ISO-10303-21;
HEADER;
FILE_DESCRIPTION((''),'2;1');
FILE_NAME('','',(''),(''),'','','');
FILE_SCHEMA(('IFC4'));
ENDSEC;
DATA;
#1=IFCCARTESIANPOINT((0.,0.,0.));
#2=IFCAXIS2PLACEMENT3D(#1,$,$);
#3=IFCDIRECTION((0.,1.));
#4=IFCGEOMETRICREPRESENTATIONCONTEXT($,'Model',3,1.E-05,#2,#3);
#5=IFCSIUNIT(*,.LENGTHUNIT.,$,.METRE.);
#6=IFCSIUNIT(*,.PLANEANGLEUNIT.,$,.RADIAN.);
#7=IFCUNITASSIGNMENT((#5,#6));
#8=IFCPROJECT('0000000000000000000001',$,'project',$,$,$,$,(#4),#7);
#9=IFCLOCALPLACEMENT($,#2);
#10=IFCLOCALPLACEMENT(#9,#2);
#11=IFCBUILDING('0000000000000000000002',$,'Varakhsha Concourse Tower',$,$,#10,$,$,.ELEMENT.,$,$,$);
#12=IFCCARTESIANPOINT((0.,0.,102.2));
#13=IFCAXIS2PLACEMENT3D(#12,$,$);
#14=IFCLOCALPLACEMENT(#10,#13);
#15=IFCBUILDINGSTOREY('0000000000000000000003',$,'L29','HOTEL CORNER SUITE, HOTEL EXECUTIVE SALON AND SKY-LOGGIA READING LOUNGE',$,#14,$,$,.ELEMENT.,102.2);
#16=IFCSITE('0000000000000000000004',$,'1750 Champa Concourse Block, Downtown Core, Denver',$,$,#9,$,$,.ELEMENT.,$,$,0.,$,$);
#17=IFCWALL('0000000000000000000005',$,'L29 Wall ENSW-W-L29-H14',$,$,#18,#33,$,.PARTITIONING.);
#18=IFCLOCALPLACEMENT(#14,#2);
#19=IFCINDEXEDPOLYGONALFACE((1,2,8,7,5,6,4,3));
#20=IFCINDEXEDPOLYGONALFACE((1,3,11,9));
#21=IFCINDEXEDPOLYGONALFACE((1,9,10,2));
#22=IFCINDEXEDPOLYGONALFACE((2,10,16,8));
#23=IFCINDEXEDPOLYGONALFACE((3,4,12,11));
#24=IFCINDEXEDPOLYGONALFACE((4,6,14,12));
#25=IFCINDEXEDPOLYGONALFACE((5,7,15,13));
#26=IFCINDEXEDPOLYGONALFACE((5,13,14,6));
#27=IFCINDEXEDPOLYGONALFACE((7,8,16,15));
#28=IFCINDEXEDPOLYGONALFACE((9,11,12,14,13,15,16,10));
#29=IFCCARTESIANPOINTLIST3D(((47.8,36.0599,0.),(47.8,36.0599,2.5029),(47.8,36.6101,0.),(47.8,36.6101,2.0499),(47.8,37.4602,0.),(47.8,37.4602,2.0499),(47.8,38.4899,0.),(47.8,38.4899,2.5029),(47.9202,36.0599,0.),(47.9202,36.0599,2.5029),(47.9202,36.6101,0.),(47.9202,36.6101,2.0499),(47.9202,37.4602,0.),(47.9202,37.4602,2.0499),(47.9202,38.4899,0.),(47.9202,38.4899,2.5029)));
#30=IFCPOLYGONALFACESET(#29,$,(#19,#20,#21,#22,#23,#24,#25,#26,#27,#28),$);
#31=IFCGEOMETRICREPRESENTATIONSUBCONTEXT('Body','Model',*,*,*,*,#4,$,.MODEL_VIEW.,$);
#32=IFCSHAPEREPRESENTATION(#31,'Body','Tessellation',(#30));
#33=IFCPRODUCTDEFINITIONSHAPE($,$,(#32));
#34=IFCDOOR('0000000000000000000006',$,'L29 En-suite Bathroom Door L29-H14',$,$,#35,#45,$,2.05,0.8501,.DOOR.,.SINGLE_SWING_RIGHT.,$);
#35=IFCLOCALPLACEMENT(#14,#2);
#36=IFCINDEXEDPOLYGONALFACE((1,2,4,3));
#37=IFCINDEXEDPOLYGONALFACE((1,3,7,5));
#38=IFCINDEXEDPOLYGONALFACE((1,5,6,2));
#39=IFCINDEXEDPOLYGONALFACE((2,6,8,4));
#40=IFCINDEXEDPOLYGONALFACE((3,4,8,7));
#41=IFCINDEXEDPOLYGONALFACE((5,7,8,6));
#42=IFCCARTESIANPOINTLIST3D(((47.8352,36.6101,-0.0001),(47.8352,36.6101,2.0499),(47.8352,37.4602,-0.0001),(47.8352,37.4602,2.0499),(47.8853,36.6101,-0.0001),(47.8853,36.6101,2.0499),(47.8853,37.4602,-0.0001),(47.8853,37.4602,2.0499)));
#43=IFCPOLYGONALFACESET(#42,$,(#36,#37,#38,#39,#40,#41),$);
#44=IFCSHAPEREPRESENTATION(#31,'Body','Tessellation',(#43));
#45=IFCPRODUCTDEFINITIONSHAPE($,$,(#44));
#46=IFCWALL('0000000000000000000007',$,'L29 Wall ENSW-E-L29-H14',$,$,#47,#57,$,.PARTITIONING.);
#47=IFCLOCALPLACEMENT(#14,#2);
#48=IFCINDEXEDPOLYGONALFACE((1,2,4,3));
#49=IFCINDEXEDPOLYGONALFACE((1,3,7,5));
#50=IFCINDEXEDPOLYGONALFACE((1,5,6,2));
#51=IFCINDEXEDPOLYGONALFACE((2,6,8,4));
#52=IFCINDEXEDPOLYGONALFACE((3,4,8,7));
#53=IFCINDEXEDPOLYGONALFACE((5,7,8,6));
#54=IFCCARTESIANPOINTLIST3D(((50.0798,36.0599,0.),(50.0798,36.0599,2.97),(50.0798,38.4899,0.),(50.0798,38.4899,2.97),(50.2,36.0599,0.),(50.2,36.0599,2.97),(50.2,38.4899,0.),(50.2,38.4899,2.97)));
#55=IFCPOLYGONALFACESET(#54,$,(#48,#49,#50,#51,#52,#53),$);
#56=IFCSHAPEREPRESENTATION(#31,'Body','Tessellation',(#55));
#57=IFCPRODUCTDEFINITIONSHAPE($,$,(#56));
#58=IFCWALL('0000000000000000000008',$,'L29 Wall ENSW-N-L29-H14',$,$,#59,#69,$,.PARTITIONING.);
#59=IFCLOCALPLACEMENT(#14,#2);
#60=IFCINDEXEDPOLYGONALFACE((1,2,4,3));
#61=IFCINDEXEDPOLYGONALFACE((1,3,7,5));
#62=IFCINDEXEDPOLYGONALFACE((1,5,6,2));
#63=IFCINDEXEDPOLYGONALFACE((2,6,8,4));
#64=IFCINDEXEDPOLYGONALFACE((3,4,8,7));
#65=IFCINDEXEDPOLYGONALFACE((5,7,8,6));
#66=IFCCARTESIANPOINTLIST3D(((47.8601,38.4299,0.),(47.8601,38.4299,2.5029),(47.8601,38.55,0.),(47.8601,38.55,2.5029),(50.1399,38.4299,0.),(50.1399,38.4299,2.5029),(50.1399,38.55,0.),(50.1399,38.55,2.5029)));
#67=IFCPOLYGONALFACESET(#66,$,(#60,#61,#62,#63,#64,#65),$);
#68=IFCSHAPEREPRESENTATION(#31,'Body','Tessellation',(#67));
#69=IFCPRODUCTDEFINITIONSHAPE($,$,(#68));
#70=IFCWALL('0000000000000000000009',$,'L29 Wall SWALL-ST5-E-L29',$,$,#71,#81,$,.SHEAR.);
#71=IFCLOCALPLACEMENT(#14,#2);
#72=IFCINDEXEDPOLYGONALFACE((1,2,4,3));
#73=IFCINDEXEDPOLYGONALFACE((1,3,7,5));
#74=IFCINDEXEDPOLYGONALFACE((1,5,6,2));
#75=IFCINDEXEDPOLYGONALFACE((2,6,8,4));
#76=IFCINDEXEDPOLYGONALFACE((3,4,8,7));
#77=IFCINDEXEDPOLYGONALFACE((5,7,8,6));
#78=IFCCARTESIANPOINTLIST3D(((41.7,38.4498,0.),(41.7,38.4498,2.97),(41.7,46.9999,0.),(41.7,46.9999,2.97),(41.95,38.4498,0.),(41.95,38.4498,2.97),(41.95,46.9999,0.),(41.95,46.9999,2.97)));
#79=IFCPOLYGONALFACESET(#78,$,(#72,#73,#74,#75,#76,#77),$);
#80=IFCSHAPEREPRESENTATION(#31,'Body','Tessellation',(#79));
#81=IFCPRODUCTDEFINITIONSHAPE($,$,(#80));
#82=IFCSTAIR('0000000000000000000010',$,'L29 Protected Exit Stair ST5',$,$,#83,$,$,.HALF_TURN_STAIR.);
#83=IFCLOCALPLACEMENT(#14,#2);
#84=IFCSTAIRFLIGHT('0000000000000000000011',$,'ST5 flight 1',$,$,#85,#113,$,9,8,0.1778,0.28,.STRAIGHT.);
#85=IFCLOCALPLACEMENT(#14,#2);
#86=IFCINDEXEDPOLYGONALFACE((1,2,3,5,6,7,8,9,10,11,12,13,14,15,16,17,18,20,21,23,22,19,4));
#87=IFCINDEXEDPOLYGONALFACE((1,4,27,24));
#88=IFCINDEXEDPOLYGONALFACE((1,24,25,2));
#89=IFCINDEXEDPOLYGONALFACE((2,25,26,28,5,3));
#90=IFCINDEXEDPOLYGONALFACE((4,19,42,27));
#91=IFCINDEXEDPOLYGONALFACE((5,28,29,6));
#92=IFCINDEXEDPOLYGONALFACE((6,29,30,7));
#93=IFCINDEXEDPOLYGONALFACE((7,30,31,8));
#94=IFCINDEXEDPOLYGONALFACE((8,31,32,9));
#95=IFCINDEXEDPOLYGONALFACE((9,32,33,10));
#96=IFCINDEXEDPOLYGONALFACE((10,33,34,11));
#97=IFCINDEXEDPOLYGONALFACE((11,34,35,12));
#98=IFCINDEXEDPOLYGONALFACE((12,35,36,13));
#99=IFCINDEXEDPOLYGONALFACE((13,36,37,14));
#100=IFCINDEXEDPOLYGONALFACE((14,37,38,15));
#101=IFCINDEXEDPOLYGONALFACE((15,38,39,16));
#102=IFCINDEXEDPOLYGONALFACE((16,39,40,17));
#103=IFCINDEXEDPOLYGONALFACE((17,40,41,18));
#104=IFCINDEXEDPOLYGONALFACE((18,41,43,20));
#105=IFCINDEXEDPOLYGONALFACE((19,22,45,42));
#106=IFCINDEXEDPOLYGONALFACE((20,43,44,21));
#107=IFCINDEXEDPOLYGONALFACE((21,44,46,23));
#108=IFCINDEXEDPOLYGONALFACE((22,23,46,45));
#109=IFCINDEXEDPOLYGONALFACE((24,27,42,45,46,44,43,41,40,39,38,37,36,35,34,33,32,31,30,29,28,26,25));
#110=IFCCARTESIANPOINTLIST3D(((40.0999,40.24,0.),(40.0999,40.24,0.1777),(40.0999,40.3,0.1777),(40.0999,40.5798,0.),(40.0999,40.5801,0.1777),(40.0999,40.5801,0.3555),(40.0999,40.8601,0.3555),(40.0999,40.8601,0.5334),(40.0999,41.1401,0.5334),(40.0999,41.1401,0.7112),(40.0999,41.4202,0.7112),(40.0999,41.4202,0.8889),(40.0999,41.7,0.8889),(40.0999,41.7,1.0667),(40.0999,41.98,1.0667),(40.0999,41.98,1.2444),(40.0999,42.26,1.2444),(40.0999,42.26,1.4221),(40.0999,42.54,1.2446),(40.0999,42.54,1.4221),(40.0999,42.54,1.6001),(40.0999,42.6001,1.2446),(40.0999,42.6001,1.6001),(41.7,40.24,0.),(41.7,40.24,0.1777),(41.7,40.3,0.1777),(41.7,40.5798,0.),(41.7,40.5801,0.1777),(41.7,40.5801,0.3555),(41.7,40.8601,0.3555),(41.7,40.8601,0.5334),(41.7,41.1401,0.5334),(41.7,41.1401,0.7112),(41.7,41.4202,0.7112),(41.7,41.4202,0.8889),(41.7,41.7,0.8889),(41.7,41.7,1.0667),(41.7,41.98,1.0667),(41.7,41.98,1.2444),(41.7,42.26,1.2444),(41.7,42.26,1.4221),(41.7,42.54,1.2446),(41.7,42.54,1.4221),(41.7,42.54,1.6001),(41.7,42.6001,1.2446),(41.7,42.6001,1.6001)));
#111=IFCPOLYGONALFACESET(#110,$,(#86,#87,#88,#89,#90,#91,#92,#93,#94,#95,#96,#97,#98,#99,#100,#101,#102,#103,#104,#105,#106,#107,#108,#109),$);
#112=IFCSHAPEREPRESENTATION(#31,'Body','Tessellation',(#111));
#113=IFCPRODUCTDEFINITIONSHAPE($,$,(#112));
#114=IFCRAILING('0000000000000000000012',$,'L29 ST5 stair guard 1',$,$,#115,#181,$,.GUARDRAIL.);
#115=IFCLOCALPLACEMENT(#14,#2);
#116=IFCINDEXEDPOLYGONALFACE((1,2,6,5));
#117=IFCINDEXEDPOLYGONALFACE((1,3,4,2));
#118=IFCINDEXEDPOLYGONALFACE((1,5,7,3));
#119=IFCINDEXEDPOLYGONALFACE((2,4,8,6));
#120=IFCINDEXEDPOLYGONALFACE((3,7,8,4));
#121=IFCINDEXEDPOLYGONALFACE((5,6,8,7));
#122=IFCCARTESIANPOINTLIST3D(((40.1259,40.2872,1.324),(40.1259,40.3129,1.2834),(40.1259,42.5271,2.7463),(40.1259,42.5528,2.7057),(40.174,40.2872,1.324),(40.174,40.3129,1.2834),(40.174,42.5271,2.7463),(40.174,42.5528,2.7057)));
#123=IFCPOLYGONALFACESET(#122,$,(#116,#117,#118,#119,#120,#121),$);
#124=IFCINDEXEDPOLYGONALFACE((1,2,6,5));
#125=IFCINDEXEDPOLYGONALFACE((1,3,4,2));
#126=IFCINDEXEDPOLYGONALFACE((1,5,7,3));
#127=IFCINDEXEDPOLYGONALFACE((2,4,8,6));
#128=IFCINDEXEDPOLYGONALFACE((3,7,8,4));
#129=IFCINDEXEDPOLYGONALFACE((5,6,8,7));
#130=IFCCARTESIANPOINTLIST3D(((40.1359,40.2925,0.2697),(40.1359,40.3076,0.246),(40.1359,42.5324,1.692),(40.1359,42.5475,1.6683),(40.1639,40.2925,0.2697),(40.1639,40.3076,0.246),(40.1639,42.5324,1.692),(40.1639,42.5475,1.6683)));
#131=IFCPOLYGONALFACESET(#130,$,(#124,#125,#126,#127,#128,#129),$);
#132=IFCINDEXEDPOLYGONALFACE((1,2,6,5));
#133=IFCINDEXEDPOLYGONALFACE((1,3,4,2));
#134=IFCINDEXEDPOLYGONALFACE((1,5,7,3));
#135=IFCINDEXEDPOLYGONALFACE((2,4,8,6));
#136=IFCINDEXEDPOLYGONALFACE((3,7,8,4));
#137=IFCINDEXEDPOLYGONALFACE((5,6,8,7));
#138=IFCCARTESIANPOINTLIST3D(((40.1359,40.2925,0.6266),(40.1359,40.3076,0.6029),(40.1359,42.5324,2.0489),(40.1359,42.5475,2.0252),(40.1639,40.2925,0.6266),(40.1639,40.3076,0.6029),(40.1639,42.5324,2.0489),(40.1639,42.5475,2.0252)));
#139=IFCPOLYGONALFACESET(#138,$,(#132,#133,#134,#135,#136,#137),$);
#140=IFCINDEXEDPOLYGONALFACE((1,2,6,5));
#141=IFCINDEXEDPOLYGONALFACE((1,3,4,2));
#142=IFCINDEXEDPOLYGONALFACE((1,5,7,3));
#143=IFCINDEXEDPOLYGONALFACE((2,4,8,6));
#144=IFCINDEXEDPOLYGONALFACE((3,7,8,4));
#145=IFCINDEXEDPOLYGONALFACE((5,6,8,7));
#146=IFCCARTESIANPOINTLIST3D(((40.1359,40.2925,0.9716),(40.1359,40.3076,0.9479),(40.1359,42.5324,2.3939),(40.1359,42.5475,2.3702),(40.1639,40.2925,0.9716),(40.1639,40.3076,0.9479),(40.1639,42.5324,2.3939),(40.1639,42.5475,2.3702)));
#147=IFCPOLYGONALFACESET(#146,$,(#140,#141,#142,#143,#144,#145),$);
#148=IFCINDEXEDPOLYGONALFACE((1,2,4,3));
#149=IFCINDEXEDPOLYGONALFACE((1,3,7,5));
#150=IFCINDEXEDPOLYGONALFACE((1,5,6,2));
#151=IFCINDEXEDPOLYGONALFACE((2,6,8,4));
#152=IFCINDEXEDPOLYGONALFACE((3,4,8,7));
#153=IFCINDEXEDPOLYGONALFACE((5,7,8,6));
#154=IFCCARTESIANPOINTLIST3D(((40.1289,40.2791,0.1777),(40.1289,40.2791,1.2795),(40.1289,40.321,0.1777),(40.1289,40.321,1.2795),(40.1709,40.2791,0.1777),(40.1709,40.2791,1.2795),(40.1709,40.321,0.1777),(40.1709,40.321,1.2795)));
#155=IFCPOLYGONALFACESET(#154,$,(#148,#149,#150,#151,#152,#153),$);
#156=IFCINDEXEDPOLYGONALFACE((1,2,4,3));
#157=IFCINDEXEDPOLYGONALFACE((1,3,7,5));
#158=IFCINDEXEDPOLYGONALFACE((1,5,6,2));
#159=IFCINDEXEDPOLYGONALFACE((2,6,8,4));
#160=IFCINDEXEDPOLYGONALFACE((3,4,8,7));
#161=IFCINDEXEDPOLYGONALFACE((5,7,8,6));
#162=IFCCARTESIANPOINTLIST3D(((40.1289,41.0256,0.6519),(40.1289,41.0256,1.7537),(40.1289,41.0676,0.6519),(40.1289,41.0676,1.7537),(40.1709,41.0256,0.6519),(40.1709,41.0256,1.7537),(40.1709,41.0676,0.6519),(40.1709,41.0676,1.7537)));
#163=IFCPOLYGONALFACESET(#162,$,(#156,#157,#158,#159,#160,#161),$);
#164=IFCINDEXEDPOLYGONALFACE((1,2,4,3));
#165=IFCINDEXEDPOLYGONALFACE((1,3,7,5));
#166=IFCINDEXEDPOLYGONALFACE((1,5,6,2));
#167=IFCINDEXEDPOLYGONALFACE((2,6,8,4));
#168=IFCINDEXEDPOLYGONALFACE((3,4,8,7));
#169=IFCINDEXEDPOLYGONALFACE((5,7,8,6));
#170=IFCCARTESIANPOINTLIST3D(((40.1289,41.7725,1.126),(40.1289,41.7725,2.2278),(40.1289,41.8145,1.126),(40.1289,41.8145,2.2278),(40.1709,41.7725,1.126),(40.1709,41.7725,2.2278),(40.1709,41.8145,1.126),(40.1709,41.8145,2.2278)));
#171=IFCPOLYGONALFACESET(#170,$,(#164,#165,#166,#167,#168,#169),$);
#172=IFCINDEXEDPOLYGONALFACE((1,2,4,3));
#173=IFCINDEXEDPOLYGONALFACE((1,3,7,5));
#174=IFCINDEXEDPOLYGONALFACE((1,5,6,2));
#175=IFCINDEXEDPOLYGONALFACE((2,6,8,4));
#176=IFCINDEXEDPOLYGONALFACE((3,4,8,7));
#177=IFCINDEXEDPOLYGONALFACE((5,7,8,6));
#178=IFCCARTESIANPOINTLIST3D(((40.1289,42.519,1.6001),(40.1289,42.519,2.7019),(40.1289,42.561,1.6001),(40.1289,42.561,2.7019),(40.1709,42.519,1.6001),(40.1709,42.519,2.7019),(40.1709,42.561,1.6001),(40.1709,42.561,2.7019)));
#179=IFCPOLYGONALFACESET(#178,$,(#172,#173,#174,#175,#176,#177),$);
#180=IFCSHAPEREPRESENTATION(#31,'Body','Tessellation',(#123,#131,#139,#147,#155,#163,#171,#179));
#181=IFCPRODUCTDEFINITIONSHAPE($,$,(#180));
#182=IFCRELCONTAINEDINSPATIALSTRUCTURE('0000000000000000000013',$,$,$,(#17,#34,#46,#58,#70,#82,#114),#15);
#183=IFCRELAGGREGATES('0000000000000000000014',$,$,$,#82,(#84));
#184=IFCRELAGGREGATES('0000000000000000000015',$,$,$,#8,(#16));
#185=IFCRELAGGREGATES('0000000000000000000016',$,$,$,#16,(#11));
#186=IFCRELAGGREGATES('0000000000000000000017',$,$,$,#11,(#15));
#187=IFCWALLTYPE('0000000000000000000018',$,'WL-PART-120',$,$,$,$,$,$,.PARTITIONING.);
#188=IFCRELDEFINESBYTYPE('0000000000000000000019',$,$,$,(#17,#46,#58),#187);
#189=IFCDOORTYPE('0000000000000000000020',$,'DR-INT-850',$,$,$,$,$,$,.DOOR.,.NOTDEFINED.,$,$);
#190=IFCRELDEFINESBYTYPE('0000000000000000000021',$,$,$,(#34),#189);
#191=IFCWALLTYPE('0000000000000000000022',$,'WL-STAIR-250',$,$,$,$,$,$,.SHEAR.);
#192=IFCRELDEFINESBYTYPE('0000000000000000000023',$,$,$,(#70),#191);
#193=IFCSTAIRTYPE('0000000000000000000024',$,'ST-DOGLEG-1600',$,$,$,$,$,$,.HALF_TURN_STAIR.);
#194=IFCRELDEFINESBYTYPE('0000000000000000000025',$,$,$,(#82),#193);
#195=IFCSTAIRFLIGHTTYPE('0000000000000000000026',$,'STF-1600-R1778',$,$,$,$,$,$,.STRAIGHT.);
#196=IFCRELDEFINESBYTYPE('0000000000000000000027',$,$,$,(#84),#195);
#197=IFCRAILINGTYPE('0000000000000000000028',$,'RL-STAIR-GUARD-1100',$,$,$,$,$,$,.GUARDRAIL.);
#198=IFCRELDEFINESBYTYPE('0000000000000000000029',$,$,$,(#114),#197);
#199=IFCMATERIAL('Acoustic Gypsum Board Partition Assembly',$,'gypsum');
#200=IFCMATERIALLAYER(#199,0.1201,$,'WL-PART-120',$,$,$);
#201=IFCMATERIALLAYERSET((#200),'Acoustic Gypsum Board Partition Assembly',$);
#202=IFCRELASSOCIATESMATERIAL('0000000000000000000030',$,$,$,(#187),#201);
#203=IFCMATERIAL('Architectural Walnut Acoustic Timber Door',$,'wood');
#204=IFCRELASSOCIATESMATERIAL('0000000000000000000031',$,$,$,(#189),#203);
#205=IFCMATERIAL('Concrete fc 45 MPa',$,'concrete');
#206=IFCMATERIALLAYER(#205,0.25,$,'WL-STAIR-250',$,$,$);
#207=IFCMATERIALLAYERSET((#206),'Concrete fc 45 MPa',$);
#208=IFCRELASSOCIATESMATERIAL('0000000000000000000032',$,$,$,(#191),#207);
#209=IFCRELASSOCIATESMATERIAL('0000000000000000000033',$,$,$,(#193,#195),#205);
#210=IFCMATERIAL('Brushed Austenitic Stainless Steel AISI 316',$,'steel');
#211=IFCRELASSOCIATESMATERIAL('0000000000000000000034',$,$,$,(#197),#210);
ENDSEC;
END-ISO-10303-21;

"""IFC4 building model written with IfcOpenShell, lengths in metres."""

from ifc_helpers import new_model, si_unit, direction, frame, frame_2d, origin, origin_2d, place, context, subcontext, project, spatial, polyline, rectangle, outline, extrude, material, layer, layer_set, type_object, element, fill, aggregate, save


model = new_model("IFC4")

# Units and contexts
model_context = context("Model", 3, precision=1e-05, world=origin(), true_north=direction((0.0, 1.0)))
body_context = subcontext(model_context, "Body", "Model", "MODEL_VIEW")
ifc_project = project(units=[si_unit("LENGTHUNIT", "METRE"), si_unit("PLANEANGLEUNIT", "RADIAN")], contexts=[model_context])

# Site, building, storey
site_placement = place(None, origin())
site = spatial("IfcSite", under=ifc_project, at=site_placement, Name="1750 Champa Concourse Block, Downtown Core, Denver", CompositionType="ELEMENT", RefElevation=0.0)
building_placement = place(site_placement, origin())
building = spatial("IfcBuilding", under=site, at=building_placement, Name="Varakhsha Concourse Tower", CompositionType="ELEMENT")
storey_placement = place(building_placement, frame((0.0, 0.0, 102.2)))
storey = spatial("IfcBuildingStorey", under=building, at=storey_placement, Name="L29", Description="HOTEL CORNER SUITE, HOTEL EXECUTIVE SALON AND SKY-LOGGIA READING LOUNGE", CompositionType="ELEMENT", Elevation=102.2)

# Shared definitions
ifc_material_1 = material(Name="Acoustic Gypsum Board Partition Assembly", Category="gypsum")
ifc_layer_1 = layer(ifc_material_1, 0.1201, Name="WL-PART-120")
ifc_layer_set_1 = layer_set([ifc_layer_1], Name="Acoustic Gypsum Board Partition Assembly")
wall_type_1 = type_object("IfcWallType", Name="WL-PART-120", PredefinedType="PARTITIONING", material=ifc_layer_set_1)

# Wall, opening, door
ifc_material_2 = material(Name="Architectural Walnut Acoustic Timber Door", Category="wood")
door_type = type_object("IfcDoorType", Name="DR-INT-850", OperationType="NOTDEFINED", PredefinedType="DOOR", material=ifc_material_2)
wall_1_placement = place(storey_placement, frame((47.8601, 36.0601, 0.0), z_axis=(0.0, 0.0, 1.0), x_axis=(0.0, 1.0, 0.0)))
wall_1 = element("IfcWall", 1, at=wall_1_placement, inside=storey, type_object=wall_type_1, Name="L29 Wall ENSW-W-L29-H14", PredefinedType="PARTITIONING", context=body_context, shape_type="SweptSolid", body=[
    extrude(rectangle(XDim=2.4299, YDim=0.1201, at=frame_2d((1.2148, 0.0))), origin(), (0.0, 0.0, 1.0), 2.5029),
])
opening_1_placement = place(wall_1_placement, frame((0.55, 0.0, 0.0)))
opening_1 = element("IfcOpeningElement", 2, at=opening_1_placement, cuts=wall_1, PredefinedType="OPENING", context=body_context, shape_type="SweptSolid", body=[
    extrude(rectangle(XDim=0.8501, YDim=2.05, at=frame_2d((0.425, 1.0249))), frame((0.0, 0.0701, 0.0), z_axis=(0.0, -1.0, 0.0), x_axis=(1.0, 0.0, 0.0)), (0.0, 0.0, 1.0), 0.1401),
])
door_1_placement = place(opening_1_placement, origin())
door_1 = element("IfcDoor", 3, at=door_1_placement, inside=storey, type_object=door_type, Name="L29 En-suite Bathroom Door L29-H14", OperationType="SINGLE_SWING_RIGHT", OverallHeight=2.05, OverallWidth=0.8501, PredefinedType="DOOR", context=body_context, shape_type="SweptSolid", body=[
    extrude(rectangle(XDim=0.8501, YDim=2.05, at=frame_2d((0.425, 1.0249))), frame((0.0, 0.0249, 0.0), z_axis=(0.0, -1.0, 0.0), x_axis=(1.0, 0.0, 0.0)), (0.0, 0.0, 1.0), 0.05),
])
fill(opening_1, door_1)

# Walls
wall_2_placement = place(storey_placement, frame((50.1399, 36.0601, 0.0), z_axis=(0.0, 0.0, 1.0), x_axis=(0.0, 1.0, 0.0)))
element("IfcWall", 4, at=wall_2_placement, inside=storey, type_object=wall_type_1, Name="L29 Wall ENSW-E-L29-H14", PredefinedType="PARTITIONING", context=body_context, shape_type="SweptSolid", body=[
    extrude(rectangle(XDim=2.4299, YDim=0.1201, at=frame_2d((1.2148, 0.0))), origin(), (0.0, 0.0, 1.0), 2.97),
])
wall_3_placement = place(storey_placement, frame((47.8601, 38.49, 0.0), z_axis=(0.0, 0.0, 1.0), x_axis=(1.0, 0.0, 0.0)))
element("IfcWall", 5, at=wall_3_placement, inside=storey, type_object=wall_type_1, Name="L29 Wall ENSW-N-L29-H14", PredefinedType="PARTITIONING", context=body_context, shape_type="SweptSolid", body=[
    extrude(rectangle(XDim=2.2798, YDim=0.1201, at=frame_2d((1.1399, 0.0))), origin(), (0.0, 0.0, 1.0), 2.5029),
])
ifc_material_3 = material(Name="Concrete fc 45 MPa", Category="concrete")
ifc_layer_2 = layer(ifc_material_3, 0.25, Name="WL-STAIR-250")
ifc_layer_set_2 = layer_set([ifc_layer_2], Name="Concrete fc 45 MPa")
wall_type_2 = type_object("IfcWallType", Name="WL-STAIR-250", PredefinedType="SHEAR", material=ifc_layer_set_2)
wall_4_placement = place(storey_placement, frame((41.825, 38.45, 0.0), z_axis=(0.0, 0.0, 1.0), x_axis=(0.0, 1.0, 0.0)))
element("IfcWall", 6, at=wall_4_placement, inside=storey, type_object=wall_type_2, Name="L29 Wall SWALL-ST5-E-L29", PredefinedType="SHEAR", context=body_context, shape_type="SweptSolid", body=[
    extrude(rectangle(XDim=8.55, YDim=0.25, at=frame_2d((4.2749, 0.0))), origin(), (0.0, 0.0, 1.0), 2.97),
])

# Stair, stair flight
stair_type = type_object("IfcStairType", Name="ST-DOGLEG-1600", PredefinedType="HALF_TURN_STAIR", material=ifc_material_3)
stair_placement = place(storey_placement, origin())
stair = element("IfcStair", 7, at=stair_placement, inside=storey, type_object=stair_type, Name="L29 Protected Exit Stair ST5", PredefinedType="HALF_TURN_STAIR")
stair_flight_type = type_object("IfcStairFlightType", Name="STF-1600-R1778", PredefinedType="STRAIGHT", material=ifc_material_3)
stair_flight_placement = place(storey_placement, frame((40.8999, 40.3, 0.0), z_axis=(0.0, 0.0, 1.0), x_axis=(0.0, 1.0, 0.0)))
stair_flight = element("IfcStairFlight", 8, at=stair_flight_placement, type_object=stair_flight_type, Name="ST5 flight 1", NumberOfRisers=9, NumberOfTreads=8, PredefinedType="STRAIGHT", RiserHeight=0.1778, TreadLength=0.28, context=body_context, shape_type="SweptSolid", body=[
    extrude(outline(polyline([(-0.0601, 0.0), (-0.0601, 0.1777), (0.0, 0.1777), (0.28, 0.1777), (0.28, 0.3555), (0.5601, 0.3555), (0.5601, 0.5334), (0.8401, 0.5334), (0.8401, 0.7112), (1.1201, 0.7112), (1.1201, 0.8889), (1.3999, 0.8889), (1.3999, 1.0667), (1.6799, 1.0667), (1.6799, 1.2444), (1.96, 1.2444), (1.96, 1.4221), (2.24, 1.4221), (2.24, 1.6001), (2.3, 1.6001), (2.3, 1.2446), (2.24, 1.2446), (0.2798, 0.0), (-0.0601, 0.0)])), frame((0.0, 0.8, 0.0), z_axis=(0.0, -1.0, 0.0), x_axis=(1.0, 0.0, 0.0)), (0.0, 0.0, 1.0), 1.6001),
])
aggregate(stair, [stair_flight])

# Railing
ifc_material_4 = material(Name="Brushed Austenitic Stainless Steel AISI 316", Category="steel")
railing_type_1 = type_object("IfcRailingType", Name="RL-STAIR-GUARD-1100", PredefinedType="GUARDRAIL", material=ifc_material_4)
railing_1_placement = place(storey_placement, frame((40.1499, 40.3, 0.1777)))
element("IfcRailing", 9, at=railing_1_placement, inside=storey, type_object=railing_type_1, Name="L29 ST5 stair guard 1", PredefinedType="GUARDRAIL", context=body_context, shape_type="SweptSolid", body=[
    extrude(rectangle(XDim=0.0481, YDim=0.0481, at=origin_2d()), frame((0.0, 0.0, 1.126), z_axis=(0.0, 0.844188, 0.536048), x_axis=(-1.0, 0.0, 0.0)), (0.0, 0.0, 1.0), 2.6533),
    extrude(rectangle(XDim=0.0281, YDim=0.0281, at=origin_2d()), frame((0.0, 0.0, 0.0801), z_axis=(0.0, 0.844188, 0.536048), x_axis=(-1.0, 0.0, 0.0)), (0.0, 0.0, 1.0), 2.6533),
    extrude(rectangle(XDim=0.0281, YDim=0.0281, at=origin_2d()), frame((0.0, 0.0, 0.437), z_axis=(0.0, 0.844188, 0.536048), x_axis=(-1.0, 0.0, 0.0)), (0.0, 0.0, 1.0), 2.6533),
    extrude(rectangle(XDim=0.0281, YDim=0.0281, at=origin_2d()), frame((0.0, 0.0, 0.782), z_axis=(0.0, 0.844188, 0.536048), x_axis=(-1.0, 0.0, 0.0)), (0.0, 0.0, 1.0), 2.6533),
    extrude(rectangle(XDim=0.042, YDim=0.042, at=origin_2d()), origin(), (0.0, 0.0, 1.0), 1.1018),
    extrude(rectangle(XDim=0.042, YDim=0.042, at=origin_2d()), frame((0.0, 0.7466, 0.4741)), (0.0, 0.0, 1.0), 1.1018),
    extrude(rectangle(XDim=0.042, YDim=0.042, at=origin_2d()), frame((0.0, 1.4934, 0.9482)), (0.0, 0.0, 1.0), 1.1018),
    extrude(rectangle(XDim=0.042, YDim=0.042, at=origin_2d()), frame((0.0, 2.24, 1.4224)), (0.0, 0.0, 1.0), 1.1018),
])

save(model, "model.ifc")
